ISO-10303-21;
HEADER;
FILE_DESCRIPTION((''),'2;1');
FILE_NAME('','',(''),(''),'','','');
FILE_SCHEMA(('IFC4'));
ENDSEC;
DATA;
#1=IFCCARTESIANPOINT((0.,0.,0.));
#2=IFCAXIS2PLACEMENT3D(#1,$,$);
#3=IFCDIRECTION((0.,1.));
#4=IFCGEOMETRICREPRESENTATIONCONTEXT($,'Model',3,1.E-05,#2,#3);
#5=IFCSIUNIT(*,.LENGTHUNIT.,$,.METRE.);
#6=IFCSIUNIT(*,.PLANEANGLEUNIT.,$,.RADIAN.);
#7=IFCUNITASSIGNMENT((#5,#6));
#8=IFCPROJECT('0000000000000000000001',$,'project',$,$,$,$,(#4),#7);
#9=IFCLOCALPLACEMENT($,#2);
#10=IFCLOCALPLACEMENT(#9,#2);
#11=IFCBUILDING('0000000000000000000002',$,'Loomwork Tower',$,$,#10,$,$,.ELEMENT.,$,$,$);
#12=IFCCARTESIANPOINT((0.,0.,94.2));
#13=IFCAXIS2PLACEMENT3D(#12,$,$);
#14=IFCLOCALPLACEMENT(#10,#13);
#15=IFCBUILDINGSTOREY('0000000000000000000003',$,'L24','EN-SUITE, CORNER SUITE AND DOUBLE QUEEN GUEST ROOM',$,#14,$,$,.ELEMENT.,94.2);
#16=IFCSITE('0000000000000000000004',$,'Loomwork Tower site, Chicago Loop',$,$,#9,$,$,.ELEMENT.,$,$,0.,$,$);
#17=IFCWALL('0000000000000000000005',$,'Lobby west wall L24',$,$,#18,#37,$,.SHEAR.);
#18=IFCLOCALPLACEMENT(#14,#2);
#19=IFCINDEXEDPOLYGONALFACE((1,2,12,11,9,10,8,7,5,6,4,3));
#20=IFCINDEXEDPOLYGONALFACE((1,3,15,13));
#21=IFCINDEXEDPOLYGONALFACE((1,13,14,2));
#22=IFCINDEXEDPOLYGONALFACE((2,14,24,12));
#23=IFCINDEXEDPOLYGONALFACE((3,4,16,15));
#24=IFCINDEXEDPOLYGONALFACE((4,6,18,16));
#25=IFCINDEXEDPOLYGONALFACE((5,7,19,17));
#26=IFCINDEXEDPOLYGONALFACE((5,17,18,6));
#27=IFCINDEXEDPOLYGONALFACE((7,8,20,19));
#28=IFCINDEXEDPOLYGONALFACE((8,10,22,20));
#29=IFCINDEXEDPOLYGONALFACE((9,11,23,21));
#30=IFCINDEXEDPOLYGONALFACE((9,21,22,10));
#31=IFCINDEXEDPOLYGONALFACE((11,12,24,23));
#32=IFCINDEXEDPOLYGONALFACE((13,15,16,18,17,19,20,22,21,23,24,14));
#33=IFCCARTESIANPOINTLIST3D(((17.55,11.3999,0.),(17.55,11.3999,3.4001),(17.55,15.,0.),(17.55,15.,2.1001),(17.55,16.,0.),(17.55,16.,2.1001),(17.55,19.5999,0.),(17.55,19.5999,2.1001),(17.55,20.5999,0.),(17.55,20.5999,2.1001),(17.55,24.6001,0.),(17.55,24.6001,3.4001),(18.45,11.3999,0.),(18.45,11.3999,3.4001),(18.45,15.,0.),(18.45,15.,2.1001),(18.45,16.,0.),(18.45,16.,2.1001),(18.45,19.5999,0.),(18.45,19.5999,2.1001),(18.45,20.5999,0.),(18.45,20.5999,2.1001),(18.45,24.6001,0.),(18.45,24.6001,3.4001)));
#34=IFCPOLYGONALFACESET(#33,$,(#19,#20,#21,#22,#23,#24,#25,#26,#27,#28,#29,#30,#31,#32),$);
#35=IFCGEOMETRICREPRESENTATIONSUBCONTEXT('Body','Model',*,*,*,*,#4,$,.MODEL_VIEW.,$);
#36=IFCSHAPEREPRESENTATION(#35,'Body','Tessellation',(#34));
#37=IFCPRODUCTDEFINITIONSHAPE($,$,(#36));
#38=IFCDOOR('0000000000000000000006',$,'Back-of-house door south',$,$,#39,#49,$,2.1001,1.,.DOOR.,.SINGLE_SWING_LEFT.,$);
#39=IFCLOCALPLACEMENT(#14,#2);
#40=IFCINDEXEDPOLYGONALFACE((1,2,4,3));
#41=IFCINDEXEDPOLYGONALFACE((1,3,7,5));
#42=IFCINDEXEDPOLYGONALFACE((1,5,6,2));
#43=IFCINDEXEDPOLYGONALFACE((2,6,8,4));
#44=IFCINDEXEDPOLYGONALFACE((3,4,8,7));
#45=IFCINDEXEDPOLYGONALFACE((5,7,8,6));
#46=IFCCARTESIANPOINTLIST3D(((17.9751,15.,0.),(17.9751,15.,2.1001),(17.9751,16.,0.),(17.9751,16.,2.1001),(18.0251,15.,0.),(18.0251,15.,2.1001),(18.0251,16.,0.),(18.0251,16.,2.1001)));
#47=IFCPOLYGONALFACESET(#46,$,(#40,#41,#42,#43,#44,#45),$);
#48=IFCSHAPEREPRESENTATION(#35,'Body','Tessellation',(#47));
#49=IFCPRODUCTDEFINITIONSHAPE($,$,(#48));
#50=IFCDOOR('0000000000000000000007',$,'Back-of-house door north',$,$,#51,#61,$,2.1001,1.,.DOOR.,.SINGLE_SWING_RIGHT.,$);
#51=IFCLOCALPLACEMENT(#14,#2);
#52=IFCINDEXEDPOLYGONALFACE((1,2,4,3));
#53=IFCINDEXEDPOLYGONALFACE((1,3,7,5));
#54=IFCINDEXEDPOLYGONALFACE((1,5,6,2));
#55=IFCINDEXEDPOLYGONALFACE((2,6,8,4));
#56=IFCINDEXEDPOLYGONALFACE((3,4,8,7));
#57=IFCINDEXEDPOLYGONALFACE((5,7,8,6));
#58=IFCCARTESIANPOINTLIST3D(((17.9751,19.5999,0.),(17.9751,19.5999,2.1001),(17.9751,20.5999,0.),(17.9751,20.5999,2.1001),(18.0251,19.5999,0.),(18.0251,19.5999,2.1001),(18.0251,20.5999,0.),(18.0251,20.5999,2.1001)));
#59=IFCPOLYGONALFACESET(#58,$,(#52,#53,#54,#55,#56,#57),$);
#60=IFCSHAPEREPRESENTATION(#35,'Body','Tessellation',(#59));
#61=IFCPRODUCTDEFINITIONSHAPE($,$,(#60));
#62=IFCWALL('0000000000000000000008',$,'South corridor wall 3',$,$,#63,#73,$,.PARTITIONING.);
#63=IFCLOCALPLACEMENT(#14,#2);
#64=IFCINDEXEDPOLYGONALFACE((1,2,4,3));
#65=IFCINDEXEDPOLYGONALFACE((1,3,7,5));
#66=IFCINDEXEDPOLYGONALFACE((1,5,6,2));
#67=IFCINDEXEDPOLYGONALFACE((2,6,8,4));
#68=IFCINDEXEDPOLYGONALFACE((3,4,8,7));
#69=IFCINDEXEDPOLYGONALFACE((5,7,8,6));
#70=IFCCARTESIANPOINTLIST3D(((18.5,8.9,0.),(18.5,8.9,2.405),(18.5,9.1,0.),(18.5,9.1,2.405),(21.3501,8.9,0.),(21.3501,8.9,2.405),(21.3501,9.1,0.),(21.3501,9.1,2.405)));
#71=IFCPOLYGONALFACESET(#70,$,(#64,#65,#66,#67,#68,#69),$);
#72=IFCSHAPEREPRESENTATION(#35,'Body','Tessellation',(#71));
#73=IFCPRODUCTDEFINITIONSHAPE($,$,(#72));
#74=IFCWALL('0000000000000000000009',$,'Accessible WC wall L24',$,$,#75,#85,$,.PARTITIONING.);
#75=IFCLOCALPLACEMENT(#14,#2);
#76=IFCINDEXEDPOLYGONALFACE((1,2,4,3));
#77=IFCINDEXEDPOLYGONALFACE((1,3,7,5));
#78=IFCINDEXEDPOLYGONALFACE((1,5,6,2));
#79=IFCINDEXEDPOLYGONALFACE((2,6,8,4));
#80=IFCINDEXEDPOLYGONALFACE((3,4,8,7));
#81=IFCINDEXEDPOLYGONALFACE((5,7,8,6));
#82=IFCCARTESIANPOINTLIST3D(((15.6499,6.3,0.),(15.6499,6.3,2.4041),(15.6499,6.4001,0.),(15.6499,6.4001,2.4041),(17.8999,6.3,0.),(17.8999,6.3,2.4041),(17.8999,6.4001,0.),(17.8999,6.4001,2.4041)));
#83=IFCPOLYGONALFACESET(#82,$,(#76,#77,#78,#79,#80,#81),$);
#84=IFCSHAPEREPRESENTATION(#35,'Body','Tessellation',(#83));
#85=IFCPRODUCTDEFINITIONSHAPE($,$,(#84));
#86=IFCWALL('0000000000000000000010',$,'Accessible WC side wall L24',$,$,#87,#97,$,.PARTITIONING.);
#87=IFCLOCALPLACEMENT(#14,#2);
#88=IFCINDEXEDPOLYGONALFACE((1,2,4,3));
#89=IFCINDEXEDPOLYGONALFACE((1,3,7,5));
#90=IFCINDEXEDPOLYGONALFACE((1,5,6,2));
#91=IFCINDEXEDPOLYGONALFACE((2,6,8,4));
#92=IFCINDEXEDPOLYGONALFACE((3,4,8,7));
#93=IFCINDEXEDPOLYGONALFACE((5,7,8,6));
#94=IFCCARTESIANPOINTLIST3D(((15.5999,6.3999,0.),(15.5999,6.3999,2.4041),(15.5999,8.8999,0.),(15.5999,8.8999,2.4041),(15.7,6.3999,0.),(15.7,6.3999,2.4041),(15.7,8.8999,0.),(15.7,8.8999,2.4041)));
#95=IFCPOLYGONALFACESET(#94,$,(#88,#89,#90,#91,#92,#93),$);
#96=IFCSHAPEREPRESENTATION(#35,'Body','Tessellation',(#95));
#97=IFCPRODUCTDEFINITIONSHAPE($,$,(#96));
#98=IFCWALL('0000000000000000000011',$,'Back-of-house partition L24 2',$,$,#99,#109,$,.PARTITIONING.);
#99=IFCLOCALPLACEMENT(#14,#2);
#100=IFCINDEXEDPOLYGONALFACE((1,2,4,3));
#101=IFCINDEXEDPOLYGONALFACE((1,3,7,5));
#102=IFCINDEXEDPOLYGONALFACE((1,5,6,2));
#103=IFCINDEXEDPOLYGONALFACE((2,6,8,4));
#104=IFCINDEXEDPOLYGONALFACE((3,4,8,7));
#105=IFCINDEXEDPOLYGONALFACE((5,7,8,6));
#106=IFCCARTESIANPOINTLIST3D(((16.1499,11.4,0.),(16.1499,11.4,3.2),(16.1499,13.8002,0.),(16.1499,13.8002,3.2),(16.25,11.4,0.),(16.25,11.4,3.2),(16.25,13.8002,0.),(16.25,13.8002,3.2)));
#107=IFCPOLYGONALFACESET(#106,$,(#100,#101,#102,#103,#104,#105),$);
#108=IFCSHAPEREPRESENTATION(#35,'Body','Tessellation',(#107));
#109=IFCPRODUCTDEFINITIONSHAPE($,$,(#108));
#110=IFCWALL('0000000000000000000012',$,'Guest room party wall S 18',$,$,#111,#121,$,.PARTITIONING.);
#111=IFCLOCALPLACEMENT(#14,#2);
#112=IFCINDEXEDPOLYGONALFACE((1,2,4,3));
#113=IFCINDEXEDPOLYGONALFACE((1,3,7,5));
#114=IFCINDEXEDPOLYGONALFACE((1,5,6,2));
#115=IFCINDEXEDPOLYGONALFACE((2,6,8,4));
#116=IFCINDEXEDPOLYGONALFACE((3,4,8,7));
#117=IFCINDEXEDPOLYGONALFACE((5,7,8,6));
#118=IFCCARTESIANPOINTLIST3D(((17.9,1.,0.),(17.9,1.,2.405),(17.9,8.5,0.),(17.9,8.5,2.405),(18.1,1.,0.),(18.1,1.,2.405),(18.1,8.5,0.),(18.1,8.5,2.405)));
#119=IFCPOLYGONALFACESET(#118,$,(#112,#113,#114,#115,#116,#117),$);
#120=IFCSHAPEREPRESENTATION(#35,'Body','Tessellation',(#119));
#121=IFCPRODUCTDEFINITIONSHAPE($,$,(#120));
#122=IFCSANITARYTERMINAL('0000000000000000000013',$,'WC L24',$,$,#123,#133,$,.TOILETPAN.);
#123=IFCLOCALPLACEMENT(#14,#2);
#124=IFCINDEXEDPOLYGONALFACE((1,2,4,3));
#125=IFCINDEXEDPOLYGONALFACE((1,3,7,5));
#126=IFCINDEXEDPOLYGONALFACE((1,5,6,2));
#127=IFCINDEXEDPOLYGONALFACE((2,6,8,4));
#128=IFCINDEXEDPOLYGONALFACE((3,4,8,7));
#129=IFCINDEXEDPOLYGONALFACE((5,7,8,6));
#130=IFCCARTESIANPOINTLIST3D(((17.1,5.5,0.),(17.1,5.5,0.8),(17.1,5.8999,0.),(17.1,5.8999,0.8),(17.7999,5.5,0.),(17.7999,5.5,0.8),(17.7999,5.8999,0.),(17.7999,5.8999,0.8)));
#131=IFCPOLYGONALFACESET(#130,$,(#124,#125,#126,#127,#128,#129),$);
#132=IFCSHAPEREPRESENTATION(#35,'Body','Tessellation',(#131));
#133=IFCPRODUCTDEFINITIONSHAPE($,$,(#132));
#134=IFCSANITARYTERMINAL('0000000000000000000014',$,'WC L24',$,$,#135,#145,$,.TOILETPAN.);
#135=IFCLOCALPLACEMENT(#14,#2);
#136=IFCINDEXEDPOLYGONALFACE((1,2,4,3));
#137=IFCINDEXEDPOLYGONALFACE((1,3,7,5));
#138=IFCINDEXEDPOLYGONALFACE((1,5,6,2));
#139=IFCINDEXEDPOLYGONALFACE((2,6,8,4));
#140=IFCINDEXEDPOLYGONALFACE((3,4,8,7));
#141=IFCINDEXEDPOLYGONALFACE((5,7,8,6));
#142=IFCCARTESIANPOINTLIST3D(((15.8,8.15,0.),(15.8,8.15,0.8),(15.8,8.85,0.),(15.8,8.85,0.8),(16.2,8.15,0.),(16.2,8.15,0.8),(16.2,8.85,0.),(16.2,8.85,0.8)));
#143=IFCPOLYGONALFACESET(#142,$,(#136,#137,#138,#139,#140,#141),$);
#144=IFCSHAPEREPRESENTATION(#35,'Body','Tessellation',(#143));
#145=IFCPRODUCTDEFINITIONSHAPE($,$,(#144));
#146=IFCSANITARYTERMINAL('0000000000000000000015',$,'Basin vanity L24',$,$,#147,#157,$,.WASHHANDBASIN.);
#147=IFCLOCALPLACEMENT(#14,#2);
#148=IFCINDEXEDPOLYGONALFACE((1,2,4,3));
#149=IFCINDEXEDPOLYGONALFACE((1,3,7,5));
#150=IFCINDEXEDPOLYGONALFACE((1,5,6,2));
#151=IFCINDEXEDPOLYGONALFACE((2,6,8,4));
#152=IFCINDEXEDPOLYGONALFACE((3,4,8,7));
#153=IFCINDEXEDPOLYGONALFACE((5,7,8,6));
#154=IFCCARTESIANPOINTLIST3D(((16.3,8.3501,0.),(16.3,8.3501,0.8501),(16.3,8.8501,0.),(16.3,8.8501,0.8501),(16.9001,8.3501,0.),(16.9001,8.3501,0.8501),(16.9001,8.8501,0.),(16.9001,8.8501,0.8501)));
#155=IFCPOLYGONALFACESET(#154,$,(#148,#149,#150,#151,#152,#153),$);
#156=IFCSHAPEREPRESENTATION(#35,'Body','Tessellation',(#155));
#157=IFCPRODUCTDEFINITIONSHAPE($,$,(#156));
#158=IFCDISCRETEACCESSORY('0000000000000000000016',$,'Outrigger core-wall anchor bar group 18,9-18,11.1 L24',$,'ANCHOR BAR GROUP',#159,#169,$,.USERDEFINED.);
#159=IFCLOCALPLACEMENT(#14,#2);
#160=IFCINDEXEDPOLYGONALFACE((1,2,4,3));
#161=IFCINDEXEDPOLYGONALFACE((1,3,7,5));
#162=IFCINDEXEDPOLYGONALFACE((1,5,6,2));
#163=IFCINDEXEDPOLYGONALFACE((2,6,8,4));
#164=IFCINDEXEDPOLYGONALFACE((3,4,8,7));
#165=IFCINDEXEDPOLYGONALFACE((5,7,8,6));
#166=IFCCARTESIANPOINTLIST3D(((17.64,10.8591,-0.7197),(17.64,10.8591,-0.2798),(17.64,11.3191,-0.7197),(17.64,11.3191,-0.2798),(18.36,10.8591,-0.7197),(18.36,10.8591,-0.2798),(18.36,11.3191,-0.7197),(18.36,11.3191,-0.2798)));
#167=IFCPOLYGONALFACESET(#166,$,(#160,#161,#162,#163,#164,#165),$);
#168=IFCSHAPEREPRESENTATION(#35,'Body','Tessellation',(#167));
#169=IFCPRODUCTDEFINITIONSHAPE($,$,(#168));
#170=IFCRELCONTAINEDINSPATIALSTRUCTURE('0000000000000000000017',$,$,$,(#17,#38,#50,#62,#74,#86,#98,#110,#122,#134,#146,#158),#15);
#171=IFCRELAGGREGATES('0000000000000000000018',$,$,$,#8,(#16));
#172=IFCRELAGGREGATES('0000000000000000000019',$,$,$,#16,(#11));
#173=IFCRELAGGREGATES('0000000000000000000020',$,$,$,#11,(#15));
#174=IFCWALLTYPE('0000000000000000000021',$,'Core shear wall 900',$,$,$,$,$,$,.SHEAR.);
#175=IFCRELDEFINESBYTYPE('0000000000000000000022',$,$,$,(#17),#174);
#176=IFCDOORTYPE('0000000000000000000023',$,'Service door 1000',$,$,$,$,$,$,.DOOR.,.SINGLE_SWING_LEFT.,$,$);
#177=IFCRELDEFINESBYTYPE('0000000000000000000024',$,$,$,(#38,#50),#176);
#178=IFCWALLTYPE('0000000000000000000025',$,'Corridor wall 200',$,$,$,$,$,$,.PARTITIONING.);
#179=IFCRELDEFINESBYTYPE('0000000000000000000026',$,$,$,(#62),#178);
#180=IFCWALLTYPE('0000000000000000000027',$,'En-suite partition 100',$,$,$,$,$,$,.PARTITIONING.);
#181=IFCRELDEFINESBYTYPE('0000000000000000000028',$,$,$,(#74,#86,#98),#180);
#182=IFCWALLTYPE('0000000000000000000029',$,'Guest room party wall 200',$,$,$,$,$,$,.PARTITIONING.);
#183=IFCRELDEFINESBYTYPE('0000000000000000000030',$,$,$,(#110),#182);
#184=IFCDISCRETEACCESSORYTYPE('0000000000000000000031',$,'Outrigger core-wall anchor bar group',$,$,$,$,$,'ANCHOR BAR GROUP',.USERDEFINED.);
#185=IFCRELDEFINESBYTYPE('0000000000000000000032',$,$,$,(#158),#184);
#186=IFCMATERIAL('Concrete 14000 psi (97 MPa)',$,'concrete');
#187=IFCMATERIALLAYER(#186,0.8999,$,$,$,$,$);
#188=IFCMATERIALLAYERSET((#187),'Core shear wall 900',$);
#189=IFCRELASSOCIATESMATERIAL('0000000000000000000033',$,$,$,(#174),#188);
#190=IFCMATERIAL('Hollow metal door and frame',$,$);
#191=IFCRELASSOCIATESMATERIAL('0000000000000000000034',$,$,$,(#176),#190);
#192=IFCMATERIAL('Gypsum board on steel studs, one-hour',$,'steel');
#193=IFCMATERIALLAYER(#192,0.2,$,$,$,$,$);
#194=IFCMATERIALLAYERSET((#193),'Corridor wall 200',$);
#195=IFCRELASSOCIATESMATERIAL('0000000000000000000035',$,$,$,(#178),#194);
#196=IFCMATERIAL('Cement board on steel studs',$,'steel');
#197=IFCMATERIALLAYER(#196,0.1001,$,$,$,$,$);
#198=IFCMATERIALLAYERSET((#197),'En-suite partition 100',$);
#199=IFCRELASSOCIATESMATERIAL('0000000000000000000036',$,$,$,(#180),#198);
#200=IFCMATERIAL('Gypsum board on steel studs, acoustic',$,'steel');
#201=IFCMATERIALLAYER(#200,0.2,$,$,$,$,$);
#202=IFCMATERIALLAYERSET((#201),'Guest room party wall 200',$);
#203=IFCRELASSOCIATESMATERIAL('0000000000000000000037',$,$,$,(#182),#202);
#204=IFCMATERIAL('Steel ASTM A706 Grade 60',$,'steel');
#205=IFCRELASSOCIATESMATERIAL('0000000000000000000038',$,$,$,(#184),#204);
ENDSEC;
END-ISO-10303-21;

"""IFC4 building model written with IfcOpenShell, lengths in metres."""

from ifc_helpers import new_model, si_unit, direction, frame, frame_2d, origin, origin_2d, place, context, subcontext, project, spatial, rectangle, extrude, material, layer, layer_set, type_object, element, fill, save


model = new_model("IFC4")

# Units and contexts
model_context = context("Model", 3, precision=1e-05, world=origin(), true_north=direction((0.0, 1.0)))
body_context = subcontext(model_context, "Body", "Model", "MODEL_VIEW")
ifc_project = project(units=[si_unit("LENGTHUNIT", "METRE"), si_unit("PLANEANGLEUNIT", "RADIAN")], contexts=[model_context])

# Site, building, storey
site_placement = place(None, origin())
site = spatial("IfcSite", under=ifc_project, at=site_placement, Name="Loomwork Tower site, Chicago Loop", CompositionType="ELEMENT", RefElevation=0.0)
building_placement = place(site_placement, origin())
building = spatial("IfcBuilding", under=site, at=building_placement, Name="Loomwork Tower", CompositionType="ELEMENT")
storey_placement = place(building_placement, frame((0.0, 0.0, 94.2)))
storey = spatial("IfcBuildingStorey", under=building, at=storey_placement, Name="L24", Description="EN-SUITE, CORNER SUITE AND DOUBLE QUEEN GUEST ROOM", CompositionType="ELEMENT", Elevation=94.2)

# Wall, openings, doors
ifc_material_1 = material(Name="Concrete 14000 psi (97 MPa)", Category="concrete")
ifc_layer_1 = layer(ifc_material_1, 0.8999)
ifc_layer_set_1 = layer_set([ifc_layer_1], Name="Core shear wall 900")
wall_type_1 = type_object("IfcWallType", Name="Core shear wall 900", PredefinedType="SHEAR", material=ifc_layer_set_1)
wall_1_placement = place(storey_placement, frame((18.0, 11.3999, 0.0), z_axis=(0.0, 0.0, 1.0), x_axis=(0.0, 1.0, 0.0)))
wall_1 = element("IfcWall", 1, at=wall_1_placement, inside=storey, type_object=wall_type_1, Name="Lobby west wall L24", PredefinedType="SHEAR", context=body_context, shape_type="SweptSolid", body=[
    extrude(rectangle(XDim=13.2002, YDim=0.8999, at=frame_2d((6.6001, 0.0))), origin(), (0.0, 0.0, 1.0), 3.4001),
])
opening_1_placement = place(wall_1_placement, frame((3.6001, 0.0, 0.0)))
opening_1 = element("IfcOpeningElement", 2, at=opening_1_placement, cuts=wall_1, PredefinedType="OPENING", context=body_context, shape_type="SweptSolid", body=[
    extrude(rectangle(XDim=1.0, YDim=2.1001, at=frame_2d((0.5, 1.05))), frame((0.0, 0.46, 0.0), z_axis=(0.0, -1.0, 0.0), x_axis=(1.0, 0.0, 0.0)), (0.0, 0.0, 1.0), 0.9199),
])
opening_2_placement = place(wall_1_placement, frame((8.2, 0.0, 0.0)))
opening_2 = element("IfcOpeningElement", 3, at=opening_2_placement, cuts=wall_1, PredefinedType="OPENING", context=body_context, shape_type="SweptSolid", body=[
    extrude(rectangle(XDim=1.0, YDim=2.1001, at=frame_2d((0.5, 1.05))), frame((0.0, 0.46, 0.0), z_axis=(0.0, -1.0, 0.0), x_axis=(1.0, 0.0, 0.0)), (0.0, 0.0, 1.0), 0.9199),
])
ifc_material_2 = material(Name="Hollow metal door and frame")
door_type_1 = type_object("IfcDoorType", Name="Service door 1000", OperationType="SINGLE_SWING_LEFT", PredefinedType="DOOR", material=ifc_material_2)
door_1_placement = place(opening_1_placement, origin())
door_1 = element("IfcDoor", 4, at=door_1_placement, inside=storey, type_object=door_type_1, Name="Back-of-house door south", OperationType="SINGLE_SWING_LEFT", OverallHeight=2.1001, OverallWidth=1.0, PredefinedType="DOOR", context=body_context, shape_type="SweptSolid", body=[
    extrude(rectangle(XDim=1.0, YDim=2.1001, at=frame_2d((0.5, 1.05))), frame((0.0, 0.0249, 0.0), z_axis=(0.0, -1.0, 0.0), x_axis=(1.0, 0.0, 0.0)), (0.0, 0.0, 1.0), 0.05),
])
fill(opening_1, door_1)
door_2_placement = place(opening_2_placement, origin())
door_2 = element("IfcDoor", 5, at=door_2_placement, inside=storey, type_object=door_type_1, Name="Back-of-house door north", OperationType="SINGLE_SWING_RIGHT", OverallHeight=2.1001, OverallWidth=1.0, PredefinedType="DOOR", context=body_context, shape_type="SweptSolid", body=[
    extrude(rectangle(XDim=1.0, YDim=2.1001, at=frame_2d((0.5, 1.05))), frame((0.0, 0.0249, 0.0), z_axis=(0.0, -1.0, 0.0), x_axis=(1.0, 0.0, 0.0)), (0.0, 0.0, 1.0), 0.05),
])
fill(opening_2, door_2)

# Walls
ifc_material_3 = material(Name="Gypsum board on steel studs, one-hour", Category="steel")
ifc_layer_2 = layer(ifc_material_3, 0.2)
ifc_layer_set_2 = layer_set([ifc_layer_2], Name="Corridor wall 200")
wall_type_2 = type_object("IfcWallType", Name="Corridor wall 200", PredefinedType="PARTITIONING", material=ifc_layer_set_2)
wall_2_placement = place(storey_placement, frame((18.5, 9.0, 0.0), z_axis=(0.0, 0.0, 1.0), x_axis=(1.0, 0.0, 0.0)))
element("IfcWall", 6, at=wall_2_placement, inside=storey, type_object=wall_type_2, Name="South corridor wall 3", PredefinedType="PARTITIONING", context=body_context, shape_type="SweptSolid", body=[
    extrude(rectangle(XDim=2.8501, YDim=0.2, at=frame_2d((1.425, 0.0))), origin(), (0.0, 0.0, 1.0), 2.405),
])
ifc_material_4 = material(Name="Cement board on steel studs", Category="steel")
ifc_layer_3 = layer(ifc_material_4, 0.1001)
ifc_layer_set_3 = layer_set([ifc_layer_3], Name="En-suite partition 100")
wall_type_3 = type_object("IfcWallType", Name="En-suite partition 100", PredefinedType="PARTITIONING", material=ifc_layer_set_3)
wall_3_placement = place(storey_placement, frame((15.6499, 6.3501, 0.0), z_axis=(0.0, 0.0, 1.0), x_axis=(1.0, 0.0, 0.0)))
element("IfcWall", 7, at=wall_3_placement, inside=storey, type_object=wall_type_3, Name="Accessible WC wall L24", PredefinedType="PARTITIONING", context=body_context, shape_type="SweptSolid", body=[
    extrude(rectangle(XDim=2.25, YDim=0.1001, at=frame_2d((1.125, 0.0))), origin(), (0.0, 0.0, 1.0), 2.4041),
])
wall_4_placement = place(storey_placement, frame((15.6499, 8.8999, 0.0), z_axis=(0.0, 0.0, 1.0), x_axis=(0.0, -1.0, 0.0)))
element("IfcWall", 8, at=wall_4_placement, inside=storey, type_object=wall_type_3, Name="Accessible WC side wall L24", PredefinedType="PARTITIONING", context=body_context, shape_type="SweptSolid", body=[
    extrude(rectangle(XDim=2.5, YDim=0.1001, at=frame_2d((1.25, 0.0))), origin(), (0.0, 0.0, 1.0), 2.4041),
])
wall_5_placement = place(storey_placement, frame((16.2, 11.3999, 0.0), z_axis=(0.0, 0.0, 1.0), x_axis=(0.0, 1.0, 0.0)))
element("IfcWall", 9, at=wall_5_placement, inside=storey, type_object=wall_type_3, Name="Back-of-house partition L24 2", PredefinedType="PARTITIONING", context=body_context, shape_type="SweptSolid", body=[
    extrude(rectangle(XDim=2.4001, YDim=0.1001, at=frame_2d((1.2002, 0.0))), origin(), (0.0, 0.0, 1.0), 3.2),
])
ifc_material_5 = material(Name="Gypsum board on steel studs, acoustic", Category="steel")
ifc_layer_4 = layer(ifc_material_5, 0.2)
ifc_layer_set_4 = layer_set([ifc_layer_4], Name="Guest room party wall 200")
wall_type_4 = type_object("IfcWallType", Name="Guest room party wall 200", PredefinedType="PARTITIONING", material=ifc_layer_set_4)
wall_6_placement = place(storey_placement, frame((18.0, 8.5, 0.0), z_axis=(0.0, 0.0, 1.0), x_axis=(0.0, -1.0, 0.0)))
element("IfcWall", 10, at=wall_6_placement, inside=storey, type_object=wall_type_4, Name="Guest room party wall S 18", PredefinedType="PARTITIONING", context=body_context, shape_type="SweptSolid", body=[
    extrude(rectangle(XDim=7.5, YDim=0.2, at=frame_2d((3.75, 0.0))), origin(), (0.0, 0.0, 1.0), 2.405),
])

# Sanitary terminals
sanitary_terminal_1_placement = place(storey_placement, frame((17.45, 5.7, 0.0), z_axis=(0.0, 0.0, 1.0), x_axis=(1.0, 0.0, 0.0)))
element("IfcSanitaryTerminal", 11, at=sanitary_terminal_1_placement, inside=storey, Name="WC L24", PredefinedType="TOILETPAN", context=body_context, shape_type="SweptSolid", body=[
    extrude(rectangle(XDim=0.7, YDim=0.3999, at=origin_2d()), origin(), (0.0, 0.0, 1.0), 0.8),
])
sanitary_terminal_2_placement = place(storey_placement, frame((16.0, 8.5, 0.0), z_axis=(0.0, 0.0, 1.0), x_axis=(1.0, 0.0, 0.0)))
element("IfcSanitaryTerminal", 12, at=sanitary_terminal_2_placement, inside=storey, Name="WC L24", PredefinedType="TOILETPAN", context=body_context, shape_type="SweptSolid", body=[
    extrude(rectangle(XDim=0.3999, YDim=0.7, at=origin_2d()), origin(), (0.0, 0.0, 1.0), 0.8),
])
sanitary_terminal_3_placement = place(storey_placement, frame((16.6001, 8.6001, 0.0), z_axis=(0.0, 0.0, 1.0), x_axis=(1.0, 0.0, 0.0)))
element("IfcSanitaryTerminal", 13, at=sanitary_terminal_3_placement, inside=storey, Name="Basin vanity L24", PredefinedType="WASHHANDBASIN", context=body_context, shape_type="SweptSolid", body=[
    extrude(rectangle(XDim=0.6001, YDim=0.5, at=origin_2d()), origin(), (0.0, 0.0, 1.0), 0.8501),
])

# Discrete accessory
ifc_material_6 = material(Name="Steel ASTM A706 Grade 60", Category="steel")
discrete_accessory_type = type_object("IfcDiscreteAccessoryType", Name="Outrigger core-wall anchor bar group", ElementType="ANCHOR BAR GROUP", PredefinedType="USERDEFINED", material=ifc_material_6)
discrete_accessory_placement = place(storey_placement, frame((18.0, 11.0891, -0.7197), z_axis=(0.0, 0.0, 1.0), x_axis=(1.0, 0.0, 0.0)))
element("IfcDiscreteAccessory", 14, at=discrete_accessory_placement, inside=storey, type_object=discrete_accessory_type, Name="Outrigger core-wall anchor bar group 18,9-18,11.1 L24", ObjectType="ANCHOR BAR GROUP", PredefinedType="USERDEFINED", context=body_context, shape_type="SweptSolid", body=[
    extrude(rectangle(XDim=0.72, YDim=0.46, at=origin_2d()), origin(), (0.0, 0.0, 1.0), 0.4399),
])

save(model, "model.ifc")
